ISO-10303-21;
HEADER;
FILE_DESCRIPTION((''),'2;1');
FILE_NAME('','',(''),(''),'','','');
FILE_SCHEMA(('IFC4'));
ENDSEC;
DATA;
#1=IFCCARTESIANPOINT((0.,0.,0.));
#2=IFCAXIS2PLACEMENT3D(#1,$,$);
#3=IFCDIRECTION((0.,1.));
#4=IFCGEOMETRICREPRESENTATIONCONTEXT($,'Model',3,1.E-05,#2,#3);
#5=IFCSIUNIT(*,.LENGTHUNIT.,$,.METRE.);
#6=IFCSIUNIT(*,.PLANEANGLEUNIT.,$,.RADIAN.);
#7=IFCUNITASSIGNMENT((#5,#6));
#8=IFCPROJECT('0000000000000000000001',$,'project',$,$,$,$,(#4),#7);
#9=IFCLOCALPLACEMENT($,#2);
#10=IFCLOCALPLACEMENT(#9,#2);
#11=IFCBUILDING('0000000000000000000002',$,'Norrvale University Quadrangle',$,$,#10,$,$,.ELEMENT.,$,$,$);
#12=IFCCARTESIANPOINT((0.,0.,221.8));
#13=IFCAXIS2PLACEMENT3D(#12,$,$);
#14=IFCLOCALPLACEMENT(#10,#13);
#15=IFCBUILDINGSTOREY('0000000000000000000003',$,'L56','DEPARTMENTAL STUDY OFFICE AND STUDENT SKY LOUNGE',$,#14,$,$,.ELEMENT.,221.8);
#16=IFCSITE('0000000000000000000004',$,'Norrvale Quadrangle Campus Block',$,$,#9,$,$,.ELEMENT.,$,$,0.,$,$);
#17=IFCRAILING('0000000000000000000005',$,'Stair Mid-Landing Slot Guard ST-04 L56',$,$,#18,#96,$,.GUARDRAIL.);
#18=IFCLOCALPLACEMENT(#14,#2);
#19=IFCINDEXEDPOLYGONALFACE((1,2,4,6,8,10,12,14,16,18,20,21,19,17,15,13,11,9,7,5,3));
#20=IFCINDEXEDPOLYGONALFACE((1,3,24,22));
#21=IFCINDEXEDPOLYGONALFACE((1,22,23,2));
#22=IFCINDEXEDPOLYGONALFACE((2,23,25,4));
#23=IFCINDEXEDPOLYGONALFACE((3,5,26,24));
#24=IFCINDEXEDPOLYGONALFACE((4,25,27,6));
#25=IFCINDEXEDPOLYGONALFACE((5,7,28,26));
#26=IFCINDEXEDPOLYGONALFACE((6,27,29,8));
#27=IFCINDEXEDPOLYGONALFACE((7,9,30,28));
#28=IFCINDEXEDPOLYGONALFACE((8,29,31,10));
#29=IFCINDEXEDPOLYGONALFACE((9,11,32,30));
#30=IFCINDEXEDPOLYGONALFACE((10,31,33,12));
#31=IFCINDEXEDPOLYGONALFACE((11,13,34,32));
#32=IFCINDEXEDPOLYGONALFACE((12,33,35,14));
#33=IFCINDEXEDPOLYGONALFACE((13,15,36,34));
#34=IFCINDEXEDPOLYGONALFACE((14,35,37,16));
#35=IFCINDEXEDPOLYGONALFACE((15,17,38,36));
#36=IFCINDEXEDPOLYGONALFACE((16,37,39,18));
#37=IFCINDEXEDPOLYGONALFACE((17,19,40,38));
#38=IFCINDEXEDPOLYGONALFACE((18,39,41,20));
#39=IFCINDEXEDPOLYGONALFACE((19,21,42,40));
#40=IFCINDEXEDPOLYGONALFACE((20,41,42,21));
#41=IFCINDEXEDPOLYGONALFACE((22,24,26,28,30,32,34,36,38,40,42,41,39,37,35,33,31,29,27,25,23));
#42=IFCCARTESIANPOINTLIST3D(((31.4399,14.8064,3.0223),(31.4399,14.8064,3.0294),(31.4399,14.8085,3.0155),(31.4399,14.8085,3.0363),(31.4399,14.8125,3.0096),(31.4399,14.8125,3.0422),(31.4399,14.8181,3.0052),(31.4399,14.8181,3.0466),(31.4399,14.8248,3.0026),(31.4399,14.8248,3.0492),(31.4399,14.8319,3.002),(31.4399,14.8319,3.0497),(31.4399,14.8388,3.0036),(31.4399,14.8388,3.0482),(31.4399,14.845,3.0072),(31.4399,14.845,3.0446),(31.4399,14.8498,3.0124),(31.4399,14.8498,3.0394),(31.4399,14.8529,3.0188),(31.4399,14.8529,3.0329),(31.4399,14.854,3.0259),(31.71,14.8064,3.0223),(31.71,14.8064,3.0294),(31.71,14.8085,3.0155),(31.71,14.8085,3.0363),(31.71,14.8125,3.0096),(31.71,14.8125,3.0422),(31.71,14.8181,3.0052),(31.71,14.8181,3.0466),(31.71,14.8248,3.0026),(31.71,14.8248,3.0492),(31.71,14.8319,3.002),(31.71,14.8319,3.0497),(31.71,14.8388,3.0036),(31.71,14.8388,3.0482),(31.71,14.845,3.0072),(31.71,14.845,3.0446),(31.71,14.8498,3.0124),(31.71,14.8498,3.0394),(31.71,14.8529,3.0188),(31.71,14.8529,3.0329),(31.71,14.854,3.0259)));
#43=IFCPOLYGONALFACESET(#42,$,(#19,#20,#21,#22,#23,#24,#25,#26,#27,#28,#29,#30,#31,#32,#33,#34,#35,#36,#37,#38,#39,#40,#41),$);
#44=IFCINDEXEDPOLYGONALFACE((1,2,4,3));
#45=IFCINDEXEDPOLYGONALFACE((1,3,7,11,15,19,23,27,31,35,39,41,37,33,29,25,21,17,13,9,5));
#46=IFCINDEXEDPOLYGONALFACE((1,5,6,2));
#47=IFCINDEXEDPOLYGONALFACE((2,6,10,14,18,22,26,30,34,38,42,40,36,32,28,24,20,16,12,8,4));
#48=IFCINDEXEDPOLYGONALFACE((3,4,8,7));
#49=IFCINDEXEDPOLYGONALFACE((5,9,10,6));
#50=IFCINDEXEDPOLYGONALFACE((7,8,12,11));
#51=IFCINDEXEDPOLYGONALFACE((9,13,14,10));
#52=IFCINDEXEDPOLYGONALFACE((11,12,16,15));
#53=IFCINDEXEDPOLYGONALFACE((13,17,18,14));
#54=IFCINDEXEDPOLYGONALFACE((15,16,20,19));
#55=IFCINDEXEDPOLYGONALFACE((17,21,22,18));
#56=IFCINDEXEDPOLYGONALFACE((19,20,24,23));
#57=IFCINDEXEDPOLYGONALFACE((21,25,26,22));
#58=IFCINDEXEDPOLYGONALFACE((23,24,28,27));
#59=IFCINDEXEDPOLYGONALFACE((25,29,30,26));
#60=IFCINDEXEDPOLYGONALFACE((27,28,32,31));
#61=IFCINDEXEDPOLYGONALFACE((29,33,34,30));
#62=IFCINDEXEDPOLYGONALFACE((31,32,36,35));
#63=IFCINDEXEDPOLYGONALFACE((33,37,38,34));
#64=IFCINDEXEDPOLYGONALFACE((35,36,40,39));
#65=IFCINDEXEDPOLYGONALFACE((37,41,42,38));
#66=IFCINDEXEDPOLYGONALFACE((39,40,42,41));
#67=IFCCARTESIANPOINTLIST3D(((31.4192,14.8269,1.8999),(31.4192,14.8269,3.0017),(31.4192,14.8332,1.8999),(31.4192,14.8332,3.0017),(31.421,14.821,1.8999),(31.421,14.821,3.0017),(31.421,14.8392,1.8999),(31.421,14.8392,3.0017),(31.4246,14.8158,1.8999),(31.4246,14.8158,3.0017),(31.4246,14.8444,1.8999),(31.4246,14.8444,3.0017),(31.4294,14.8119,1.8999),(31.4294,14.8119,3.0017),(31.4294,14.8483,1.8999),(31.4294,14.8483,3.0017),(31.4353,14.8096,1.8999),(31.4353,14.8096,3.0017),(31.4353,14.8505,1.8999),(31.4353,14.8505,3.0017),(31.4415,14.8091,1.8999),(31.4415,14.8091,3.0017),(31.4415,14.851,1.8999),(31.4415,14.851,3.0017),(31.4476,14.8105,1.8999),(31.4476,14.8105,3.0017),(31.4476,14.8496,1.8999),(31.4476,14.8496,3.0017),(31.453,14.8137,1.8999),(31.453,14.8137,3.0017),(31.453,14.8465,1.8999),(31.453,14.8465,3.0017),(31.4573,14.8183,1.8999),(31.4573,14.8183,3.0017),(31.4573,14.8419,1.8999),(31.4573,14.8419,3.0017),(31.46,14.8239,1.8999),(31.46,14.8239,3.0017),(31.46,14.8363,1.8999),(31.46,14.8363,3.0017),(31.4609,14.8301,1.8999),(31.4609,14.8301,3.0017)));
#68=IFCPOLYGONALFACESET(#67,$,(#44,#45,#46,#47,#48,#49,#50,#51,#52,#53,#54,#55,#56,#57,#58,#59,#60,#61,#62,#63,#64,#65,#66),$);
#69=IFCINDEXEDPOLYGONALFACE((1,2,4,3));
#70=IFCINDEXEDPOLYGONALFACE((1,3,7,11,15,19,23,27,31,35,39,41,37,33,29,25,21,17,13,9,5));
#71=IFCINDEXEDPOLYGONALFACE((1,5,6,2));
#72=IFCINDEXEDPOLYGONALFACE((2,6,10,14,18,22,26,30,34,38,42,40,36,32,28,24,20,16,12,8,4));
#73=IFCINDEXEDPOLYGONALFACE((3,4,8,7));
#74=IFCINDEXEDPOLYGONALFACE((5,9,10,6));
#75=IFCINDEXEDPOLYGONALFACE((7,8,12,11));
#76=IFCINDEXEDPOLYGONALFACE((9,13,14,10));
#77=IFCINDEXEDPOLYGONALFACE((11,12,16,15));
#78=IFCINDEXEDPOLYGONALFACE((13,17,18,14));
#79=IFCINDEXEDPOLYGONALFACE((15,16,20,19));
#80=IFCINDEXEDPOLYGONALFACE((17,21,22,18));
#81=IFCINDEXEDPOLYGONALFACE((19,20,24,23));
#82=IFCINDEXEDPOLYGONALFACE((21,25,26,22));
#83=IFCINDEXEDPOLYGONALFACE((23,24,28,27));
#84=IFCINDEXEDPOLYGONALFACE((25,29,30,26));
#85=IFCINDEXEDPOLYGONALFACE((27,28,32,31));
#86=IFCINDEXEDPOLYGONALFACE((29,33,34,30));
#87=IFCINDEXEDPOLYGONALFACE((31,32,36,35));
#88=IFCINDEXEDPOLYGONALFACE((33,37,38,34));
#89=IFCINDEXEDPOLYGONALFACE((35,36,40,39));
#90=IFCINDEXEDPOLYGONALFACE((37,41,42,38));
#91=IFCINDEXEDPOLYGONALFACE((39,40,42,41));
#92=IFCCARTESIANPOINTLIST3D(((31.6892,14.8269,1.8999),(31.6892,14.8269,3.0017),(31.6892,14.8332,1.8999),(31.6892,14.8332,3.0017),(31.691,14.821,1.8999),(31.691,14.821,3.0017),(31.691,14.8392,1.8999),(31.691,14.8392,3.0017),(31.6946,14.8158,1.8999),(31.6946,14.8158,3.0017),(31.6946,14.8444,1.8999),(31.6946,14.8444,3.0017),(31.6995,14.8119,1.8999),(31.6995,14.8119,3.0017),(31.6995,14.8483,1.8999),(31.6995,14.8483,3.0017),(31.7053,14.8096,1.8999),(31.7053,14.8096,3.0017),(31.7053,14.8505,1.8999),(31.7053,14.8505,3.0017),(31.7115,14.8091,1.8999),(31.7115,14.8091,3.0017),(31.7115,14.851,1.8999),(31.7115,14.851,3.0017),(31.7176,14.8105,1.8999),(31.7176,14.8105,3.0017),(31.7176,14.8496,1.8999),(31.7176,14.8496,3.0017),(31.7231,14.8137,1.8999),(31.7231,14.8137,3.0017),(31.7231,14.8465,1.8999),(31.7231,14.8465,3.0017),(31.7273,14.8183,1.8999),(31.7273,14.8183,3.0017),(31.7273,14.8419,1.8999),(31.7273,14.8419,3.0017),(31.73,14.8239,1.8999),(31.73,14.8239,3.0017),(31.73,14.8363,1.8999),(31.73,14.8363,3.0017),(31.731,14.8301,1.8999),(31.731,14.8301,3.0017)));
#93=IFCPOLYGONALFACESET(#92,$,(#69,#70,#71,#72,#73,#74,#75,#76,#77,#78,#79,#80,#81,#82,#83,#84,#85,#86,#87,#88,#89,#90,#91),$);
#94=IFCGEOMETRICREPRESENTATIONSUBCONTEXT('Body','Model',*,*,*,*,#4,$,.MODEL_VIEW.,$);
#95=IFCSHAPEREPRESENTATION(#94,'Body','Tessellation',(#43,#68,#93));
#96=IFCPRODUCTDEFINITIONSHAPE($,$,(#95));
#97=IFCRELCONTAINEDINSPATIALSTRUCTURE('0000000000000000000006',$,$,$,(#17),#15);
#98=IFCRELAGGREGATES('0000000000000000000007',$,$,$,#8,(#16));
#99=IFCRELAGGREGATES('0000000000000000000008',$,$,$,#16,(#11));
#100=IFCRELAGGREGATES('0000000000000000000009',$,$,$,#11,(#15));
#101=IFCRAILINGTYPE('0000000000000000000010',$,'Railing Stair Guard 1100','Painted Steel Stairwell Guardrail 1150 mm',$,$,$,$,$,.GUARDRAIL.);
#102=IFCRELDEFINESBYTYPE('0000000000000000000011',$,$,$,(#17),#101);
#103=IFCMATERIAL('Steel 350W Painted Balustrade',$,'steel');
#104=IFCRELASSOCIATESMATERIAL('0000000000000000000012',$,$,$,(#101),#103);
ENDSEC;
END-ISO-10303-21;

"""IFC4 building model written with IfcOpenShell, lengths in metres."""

from ifc_helpers import new_model, si_unit, direction, frame, origin, origin_2d, place, context, subcontext, project, spatial, circle, extrude, material, type_object, element, save


model = new_model("IFC4")

# Units and contexts
model_context = context("Model", 3, precision=1e-05, world=origin(), true_north=direction((0.0, 1.0)))
body_context = subcontext(model_context, "Body", "Model", "MODEL_VIEW")
ifc_project = project(units=[si_unit("LENGTHUNIT", "METRE"), si_unit("PLANEANGLEUNIT", "RADIAN")], contexts=[model_context])

# Site, building, storey
site_placement = place(None, origin())
site = spatial("IfcSite", under=ifc_project, at=site_placement, Name="Norrvale Quadrangle Campus Block", CompositionType="ELEMENT", RefElevation=0.0)
building_placement = place(site_placement, origin())
building = spatial("IfcBuilding", under=site, at=building_placement, Name="Norrvale University Quadrangle", CompositionType="ELEMENT")
storey_placement = place(building_placement, frame((0.0, 0.0, 221.8)))
storey = spatial("IfcBuildingStorey", under=building, at=storey_placement, Name="L56", Description="DEPARTMENTAL STUDY OFFICE AND STUDENT SKY LOUNGE", CompositionType="ELEMENT", Elevation=221.8)

# Railing
ifc_material_1 = material(Name="Steel 350W Painted Balustrade", Category="steel")
railing_type_1 = type_object("IfcRailingType", Name="Railing Stair Guard 1100", Description="Painted Steel Stairwell Guardrail 1150 mm", PredefinedType="GUARDRAIL", material=ifc_material_1)
railing_1_placement = place(storey_placement, frame((31.4399, 14.8301, 1.8999)))
element("IfcRailing", 1, at=railing_1_placement, inside=storey, type_object=railing_type_1, Name="Stair Mid-Landing Slot Guard ST-04 L56", PredefinedType="GUARDRAIL", context=body_context, shape_type="SweptSolid", body=[
    extrude(circle(Radius=0.0239, at=origin_2d()), frame((0.0, 0.0, 1.126), z_axis=(1.0, 0.0, 0.0), x_axis=(0.0, 1.0, 0.0)), (0.0, 0.0, 1.0), 0.27),
    extrude(circle(Radius=0.021, at=origin_2d()), origin(), (0.0, 0.0, 1.0), 1.1018),
    extrude(circle(Radius=0.021, at=origin_2d()), frame((0.27, 0.0, 0.0)), (0.0, 0.0, 1.0), 1.1018),
])

save(model, "model.ifc")
